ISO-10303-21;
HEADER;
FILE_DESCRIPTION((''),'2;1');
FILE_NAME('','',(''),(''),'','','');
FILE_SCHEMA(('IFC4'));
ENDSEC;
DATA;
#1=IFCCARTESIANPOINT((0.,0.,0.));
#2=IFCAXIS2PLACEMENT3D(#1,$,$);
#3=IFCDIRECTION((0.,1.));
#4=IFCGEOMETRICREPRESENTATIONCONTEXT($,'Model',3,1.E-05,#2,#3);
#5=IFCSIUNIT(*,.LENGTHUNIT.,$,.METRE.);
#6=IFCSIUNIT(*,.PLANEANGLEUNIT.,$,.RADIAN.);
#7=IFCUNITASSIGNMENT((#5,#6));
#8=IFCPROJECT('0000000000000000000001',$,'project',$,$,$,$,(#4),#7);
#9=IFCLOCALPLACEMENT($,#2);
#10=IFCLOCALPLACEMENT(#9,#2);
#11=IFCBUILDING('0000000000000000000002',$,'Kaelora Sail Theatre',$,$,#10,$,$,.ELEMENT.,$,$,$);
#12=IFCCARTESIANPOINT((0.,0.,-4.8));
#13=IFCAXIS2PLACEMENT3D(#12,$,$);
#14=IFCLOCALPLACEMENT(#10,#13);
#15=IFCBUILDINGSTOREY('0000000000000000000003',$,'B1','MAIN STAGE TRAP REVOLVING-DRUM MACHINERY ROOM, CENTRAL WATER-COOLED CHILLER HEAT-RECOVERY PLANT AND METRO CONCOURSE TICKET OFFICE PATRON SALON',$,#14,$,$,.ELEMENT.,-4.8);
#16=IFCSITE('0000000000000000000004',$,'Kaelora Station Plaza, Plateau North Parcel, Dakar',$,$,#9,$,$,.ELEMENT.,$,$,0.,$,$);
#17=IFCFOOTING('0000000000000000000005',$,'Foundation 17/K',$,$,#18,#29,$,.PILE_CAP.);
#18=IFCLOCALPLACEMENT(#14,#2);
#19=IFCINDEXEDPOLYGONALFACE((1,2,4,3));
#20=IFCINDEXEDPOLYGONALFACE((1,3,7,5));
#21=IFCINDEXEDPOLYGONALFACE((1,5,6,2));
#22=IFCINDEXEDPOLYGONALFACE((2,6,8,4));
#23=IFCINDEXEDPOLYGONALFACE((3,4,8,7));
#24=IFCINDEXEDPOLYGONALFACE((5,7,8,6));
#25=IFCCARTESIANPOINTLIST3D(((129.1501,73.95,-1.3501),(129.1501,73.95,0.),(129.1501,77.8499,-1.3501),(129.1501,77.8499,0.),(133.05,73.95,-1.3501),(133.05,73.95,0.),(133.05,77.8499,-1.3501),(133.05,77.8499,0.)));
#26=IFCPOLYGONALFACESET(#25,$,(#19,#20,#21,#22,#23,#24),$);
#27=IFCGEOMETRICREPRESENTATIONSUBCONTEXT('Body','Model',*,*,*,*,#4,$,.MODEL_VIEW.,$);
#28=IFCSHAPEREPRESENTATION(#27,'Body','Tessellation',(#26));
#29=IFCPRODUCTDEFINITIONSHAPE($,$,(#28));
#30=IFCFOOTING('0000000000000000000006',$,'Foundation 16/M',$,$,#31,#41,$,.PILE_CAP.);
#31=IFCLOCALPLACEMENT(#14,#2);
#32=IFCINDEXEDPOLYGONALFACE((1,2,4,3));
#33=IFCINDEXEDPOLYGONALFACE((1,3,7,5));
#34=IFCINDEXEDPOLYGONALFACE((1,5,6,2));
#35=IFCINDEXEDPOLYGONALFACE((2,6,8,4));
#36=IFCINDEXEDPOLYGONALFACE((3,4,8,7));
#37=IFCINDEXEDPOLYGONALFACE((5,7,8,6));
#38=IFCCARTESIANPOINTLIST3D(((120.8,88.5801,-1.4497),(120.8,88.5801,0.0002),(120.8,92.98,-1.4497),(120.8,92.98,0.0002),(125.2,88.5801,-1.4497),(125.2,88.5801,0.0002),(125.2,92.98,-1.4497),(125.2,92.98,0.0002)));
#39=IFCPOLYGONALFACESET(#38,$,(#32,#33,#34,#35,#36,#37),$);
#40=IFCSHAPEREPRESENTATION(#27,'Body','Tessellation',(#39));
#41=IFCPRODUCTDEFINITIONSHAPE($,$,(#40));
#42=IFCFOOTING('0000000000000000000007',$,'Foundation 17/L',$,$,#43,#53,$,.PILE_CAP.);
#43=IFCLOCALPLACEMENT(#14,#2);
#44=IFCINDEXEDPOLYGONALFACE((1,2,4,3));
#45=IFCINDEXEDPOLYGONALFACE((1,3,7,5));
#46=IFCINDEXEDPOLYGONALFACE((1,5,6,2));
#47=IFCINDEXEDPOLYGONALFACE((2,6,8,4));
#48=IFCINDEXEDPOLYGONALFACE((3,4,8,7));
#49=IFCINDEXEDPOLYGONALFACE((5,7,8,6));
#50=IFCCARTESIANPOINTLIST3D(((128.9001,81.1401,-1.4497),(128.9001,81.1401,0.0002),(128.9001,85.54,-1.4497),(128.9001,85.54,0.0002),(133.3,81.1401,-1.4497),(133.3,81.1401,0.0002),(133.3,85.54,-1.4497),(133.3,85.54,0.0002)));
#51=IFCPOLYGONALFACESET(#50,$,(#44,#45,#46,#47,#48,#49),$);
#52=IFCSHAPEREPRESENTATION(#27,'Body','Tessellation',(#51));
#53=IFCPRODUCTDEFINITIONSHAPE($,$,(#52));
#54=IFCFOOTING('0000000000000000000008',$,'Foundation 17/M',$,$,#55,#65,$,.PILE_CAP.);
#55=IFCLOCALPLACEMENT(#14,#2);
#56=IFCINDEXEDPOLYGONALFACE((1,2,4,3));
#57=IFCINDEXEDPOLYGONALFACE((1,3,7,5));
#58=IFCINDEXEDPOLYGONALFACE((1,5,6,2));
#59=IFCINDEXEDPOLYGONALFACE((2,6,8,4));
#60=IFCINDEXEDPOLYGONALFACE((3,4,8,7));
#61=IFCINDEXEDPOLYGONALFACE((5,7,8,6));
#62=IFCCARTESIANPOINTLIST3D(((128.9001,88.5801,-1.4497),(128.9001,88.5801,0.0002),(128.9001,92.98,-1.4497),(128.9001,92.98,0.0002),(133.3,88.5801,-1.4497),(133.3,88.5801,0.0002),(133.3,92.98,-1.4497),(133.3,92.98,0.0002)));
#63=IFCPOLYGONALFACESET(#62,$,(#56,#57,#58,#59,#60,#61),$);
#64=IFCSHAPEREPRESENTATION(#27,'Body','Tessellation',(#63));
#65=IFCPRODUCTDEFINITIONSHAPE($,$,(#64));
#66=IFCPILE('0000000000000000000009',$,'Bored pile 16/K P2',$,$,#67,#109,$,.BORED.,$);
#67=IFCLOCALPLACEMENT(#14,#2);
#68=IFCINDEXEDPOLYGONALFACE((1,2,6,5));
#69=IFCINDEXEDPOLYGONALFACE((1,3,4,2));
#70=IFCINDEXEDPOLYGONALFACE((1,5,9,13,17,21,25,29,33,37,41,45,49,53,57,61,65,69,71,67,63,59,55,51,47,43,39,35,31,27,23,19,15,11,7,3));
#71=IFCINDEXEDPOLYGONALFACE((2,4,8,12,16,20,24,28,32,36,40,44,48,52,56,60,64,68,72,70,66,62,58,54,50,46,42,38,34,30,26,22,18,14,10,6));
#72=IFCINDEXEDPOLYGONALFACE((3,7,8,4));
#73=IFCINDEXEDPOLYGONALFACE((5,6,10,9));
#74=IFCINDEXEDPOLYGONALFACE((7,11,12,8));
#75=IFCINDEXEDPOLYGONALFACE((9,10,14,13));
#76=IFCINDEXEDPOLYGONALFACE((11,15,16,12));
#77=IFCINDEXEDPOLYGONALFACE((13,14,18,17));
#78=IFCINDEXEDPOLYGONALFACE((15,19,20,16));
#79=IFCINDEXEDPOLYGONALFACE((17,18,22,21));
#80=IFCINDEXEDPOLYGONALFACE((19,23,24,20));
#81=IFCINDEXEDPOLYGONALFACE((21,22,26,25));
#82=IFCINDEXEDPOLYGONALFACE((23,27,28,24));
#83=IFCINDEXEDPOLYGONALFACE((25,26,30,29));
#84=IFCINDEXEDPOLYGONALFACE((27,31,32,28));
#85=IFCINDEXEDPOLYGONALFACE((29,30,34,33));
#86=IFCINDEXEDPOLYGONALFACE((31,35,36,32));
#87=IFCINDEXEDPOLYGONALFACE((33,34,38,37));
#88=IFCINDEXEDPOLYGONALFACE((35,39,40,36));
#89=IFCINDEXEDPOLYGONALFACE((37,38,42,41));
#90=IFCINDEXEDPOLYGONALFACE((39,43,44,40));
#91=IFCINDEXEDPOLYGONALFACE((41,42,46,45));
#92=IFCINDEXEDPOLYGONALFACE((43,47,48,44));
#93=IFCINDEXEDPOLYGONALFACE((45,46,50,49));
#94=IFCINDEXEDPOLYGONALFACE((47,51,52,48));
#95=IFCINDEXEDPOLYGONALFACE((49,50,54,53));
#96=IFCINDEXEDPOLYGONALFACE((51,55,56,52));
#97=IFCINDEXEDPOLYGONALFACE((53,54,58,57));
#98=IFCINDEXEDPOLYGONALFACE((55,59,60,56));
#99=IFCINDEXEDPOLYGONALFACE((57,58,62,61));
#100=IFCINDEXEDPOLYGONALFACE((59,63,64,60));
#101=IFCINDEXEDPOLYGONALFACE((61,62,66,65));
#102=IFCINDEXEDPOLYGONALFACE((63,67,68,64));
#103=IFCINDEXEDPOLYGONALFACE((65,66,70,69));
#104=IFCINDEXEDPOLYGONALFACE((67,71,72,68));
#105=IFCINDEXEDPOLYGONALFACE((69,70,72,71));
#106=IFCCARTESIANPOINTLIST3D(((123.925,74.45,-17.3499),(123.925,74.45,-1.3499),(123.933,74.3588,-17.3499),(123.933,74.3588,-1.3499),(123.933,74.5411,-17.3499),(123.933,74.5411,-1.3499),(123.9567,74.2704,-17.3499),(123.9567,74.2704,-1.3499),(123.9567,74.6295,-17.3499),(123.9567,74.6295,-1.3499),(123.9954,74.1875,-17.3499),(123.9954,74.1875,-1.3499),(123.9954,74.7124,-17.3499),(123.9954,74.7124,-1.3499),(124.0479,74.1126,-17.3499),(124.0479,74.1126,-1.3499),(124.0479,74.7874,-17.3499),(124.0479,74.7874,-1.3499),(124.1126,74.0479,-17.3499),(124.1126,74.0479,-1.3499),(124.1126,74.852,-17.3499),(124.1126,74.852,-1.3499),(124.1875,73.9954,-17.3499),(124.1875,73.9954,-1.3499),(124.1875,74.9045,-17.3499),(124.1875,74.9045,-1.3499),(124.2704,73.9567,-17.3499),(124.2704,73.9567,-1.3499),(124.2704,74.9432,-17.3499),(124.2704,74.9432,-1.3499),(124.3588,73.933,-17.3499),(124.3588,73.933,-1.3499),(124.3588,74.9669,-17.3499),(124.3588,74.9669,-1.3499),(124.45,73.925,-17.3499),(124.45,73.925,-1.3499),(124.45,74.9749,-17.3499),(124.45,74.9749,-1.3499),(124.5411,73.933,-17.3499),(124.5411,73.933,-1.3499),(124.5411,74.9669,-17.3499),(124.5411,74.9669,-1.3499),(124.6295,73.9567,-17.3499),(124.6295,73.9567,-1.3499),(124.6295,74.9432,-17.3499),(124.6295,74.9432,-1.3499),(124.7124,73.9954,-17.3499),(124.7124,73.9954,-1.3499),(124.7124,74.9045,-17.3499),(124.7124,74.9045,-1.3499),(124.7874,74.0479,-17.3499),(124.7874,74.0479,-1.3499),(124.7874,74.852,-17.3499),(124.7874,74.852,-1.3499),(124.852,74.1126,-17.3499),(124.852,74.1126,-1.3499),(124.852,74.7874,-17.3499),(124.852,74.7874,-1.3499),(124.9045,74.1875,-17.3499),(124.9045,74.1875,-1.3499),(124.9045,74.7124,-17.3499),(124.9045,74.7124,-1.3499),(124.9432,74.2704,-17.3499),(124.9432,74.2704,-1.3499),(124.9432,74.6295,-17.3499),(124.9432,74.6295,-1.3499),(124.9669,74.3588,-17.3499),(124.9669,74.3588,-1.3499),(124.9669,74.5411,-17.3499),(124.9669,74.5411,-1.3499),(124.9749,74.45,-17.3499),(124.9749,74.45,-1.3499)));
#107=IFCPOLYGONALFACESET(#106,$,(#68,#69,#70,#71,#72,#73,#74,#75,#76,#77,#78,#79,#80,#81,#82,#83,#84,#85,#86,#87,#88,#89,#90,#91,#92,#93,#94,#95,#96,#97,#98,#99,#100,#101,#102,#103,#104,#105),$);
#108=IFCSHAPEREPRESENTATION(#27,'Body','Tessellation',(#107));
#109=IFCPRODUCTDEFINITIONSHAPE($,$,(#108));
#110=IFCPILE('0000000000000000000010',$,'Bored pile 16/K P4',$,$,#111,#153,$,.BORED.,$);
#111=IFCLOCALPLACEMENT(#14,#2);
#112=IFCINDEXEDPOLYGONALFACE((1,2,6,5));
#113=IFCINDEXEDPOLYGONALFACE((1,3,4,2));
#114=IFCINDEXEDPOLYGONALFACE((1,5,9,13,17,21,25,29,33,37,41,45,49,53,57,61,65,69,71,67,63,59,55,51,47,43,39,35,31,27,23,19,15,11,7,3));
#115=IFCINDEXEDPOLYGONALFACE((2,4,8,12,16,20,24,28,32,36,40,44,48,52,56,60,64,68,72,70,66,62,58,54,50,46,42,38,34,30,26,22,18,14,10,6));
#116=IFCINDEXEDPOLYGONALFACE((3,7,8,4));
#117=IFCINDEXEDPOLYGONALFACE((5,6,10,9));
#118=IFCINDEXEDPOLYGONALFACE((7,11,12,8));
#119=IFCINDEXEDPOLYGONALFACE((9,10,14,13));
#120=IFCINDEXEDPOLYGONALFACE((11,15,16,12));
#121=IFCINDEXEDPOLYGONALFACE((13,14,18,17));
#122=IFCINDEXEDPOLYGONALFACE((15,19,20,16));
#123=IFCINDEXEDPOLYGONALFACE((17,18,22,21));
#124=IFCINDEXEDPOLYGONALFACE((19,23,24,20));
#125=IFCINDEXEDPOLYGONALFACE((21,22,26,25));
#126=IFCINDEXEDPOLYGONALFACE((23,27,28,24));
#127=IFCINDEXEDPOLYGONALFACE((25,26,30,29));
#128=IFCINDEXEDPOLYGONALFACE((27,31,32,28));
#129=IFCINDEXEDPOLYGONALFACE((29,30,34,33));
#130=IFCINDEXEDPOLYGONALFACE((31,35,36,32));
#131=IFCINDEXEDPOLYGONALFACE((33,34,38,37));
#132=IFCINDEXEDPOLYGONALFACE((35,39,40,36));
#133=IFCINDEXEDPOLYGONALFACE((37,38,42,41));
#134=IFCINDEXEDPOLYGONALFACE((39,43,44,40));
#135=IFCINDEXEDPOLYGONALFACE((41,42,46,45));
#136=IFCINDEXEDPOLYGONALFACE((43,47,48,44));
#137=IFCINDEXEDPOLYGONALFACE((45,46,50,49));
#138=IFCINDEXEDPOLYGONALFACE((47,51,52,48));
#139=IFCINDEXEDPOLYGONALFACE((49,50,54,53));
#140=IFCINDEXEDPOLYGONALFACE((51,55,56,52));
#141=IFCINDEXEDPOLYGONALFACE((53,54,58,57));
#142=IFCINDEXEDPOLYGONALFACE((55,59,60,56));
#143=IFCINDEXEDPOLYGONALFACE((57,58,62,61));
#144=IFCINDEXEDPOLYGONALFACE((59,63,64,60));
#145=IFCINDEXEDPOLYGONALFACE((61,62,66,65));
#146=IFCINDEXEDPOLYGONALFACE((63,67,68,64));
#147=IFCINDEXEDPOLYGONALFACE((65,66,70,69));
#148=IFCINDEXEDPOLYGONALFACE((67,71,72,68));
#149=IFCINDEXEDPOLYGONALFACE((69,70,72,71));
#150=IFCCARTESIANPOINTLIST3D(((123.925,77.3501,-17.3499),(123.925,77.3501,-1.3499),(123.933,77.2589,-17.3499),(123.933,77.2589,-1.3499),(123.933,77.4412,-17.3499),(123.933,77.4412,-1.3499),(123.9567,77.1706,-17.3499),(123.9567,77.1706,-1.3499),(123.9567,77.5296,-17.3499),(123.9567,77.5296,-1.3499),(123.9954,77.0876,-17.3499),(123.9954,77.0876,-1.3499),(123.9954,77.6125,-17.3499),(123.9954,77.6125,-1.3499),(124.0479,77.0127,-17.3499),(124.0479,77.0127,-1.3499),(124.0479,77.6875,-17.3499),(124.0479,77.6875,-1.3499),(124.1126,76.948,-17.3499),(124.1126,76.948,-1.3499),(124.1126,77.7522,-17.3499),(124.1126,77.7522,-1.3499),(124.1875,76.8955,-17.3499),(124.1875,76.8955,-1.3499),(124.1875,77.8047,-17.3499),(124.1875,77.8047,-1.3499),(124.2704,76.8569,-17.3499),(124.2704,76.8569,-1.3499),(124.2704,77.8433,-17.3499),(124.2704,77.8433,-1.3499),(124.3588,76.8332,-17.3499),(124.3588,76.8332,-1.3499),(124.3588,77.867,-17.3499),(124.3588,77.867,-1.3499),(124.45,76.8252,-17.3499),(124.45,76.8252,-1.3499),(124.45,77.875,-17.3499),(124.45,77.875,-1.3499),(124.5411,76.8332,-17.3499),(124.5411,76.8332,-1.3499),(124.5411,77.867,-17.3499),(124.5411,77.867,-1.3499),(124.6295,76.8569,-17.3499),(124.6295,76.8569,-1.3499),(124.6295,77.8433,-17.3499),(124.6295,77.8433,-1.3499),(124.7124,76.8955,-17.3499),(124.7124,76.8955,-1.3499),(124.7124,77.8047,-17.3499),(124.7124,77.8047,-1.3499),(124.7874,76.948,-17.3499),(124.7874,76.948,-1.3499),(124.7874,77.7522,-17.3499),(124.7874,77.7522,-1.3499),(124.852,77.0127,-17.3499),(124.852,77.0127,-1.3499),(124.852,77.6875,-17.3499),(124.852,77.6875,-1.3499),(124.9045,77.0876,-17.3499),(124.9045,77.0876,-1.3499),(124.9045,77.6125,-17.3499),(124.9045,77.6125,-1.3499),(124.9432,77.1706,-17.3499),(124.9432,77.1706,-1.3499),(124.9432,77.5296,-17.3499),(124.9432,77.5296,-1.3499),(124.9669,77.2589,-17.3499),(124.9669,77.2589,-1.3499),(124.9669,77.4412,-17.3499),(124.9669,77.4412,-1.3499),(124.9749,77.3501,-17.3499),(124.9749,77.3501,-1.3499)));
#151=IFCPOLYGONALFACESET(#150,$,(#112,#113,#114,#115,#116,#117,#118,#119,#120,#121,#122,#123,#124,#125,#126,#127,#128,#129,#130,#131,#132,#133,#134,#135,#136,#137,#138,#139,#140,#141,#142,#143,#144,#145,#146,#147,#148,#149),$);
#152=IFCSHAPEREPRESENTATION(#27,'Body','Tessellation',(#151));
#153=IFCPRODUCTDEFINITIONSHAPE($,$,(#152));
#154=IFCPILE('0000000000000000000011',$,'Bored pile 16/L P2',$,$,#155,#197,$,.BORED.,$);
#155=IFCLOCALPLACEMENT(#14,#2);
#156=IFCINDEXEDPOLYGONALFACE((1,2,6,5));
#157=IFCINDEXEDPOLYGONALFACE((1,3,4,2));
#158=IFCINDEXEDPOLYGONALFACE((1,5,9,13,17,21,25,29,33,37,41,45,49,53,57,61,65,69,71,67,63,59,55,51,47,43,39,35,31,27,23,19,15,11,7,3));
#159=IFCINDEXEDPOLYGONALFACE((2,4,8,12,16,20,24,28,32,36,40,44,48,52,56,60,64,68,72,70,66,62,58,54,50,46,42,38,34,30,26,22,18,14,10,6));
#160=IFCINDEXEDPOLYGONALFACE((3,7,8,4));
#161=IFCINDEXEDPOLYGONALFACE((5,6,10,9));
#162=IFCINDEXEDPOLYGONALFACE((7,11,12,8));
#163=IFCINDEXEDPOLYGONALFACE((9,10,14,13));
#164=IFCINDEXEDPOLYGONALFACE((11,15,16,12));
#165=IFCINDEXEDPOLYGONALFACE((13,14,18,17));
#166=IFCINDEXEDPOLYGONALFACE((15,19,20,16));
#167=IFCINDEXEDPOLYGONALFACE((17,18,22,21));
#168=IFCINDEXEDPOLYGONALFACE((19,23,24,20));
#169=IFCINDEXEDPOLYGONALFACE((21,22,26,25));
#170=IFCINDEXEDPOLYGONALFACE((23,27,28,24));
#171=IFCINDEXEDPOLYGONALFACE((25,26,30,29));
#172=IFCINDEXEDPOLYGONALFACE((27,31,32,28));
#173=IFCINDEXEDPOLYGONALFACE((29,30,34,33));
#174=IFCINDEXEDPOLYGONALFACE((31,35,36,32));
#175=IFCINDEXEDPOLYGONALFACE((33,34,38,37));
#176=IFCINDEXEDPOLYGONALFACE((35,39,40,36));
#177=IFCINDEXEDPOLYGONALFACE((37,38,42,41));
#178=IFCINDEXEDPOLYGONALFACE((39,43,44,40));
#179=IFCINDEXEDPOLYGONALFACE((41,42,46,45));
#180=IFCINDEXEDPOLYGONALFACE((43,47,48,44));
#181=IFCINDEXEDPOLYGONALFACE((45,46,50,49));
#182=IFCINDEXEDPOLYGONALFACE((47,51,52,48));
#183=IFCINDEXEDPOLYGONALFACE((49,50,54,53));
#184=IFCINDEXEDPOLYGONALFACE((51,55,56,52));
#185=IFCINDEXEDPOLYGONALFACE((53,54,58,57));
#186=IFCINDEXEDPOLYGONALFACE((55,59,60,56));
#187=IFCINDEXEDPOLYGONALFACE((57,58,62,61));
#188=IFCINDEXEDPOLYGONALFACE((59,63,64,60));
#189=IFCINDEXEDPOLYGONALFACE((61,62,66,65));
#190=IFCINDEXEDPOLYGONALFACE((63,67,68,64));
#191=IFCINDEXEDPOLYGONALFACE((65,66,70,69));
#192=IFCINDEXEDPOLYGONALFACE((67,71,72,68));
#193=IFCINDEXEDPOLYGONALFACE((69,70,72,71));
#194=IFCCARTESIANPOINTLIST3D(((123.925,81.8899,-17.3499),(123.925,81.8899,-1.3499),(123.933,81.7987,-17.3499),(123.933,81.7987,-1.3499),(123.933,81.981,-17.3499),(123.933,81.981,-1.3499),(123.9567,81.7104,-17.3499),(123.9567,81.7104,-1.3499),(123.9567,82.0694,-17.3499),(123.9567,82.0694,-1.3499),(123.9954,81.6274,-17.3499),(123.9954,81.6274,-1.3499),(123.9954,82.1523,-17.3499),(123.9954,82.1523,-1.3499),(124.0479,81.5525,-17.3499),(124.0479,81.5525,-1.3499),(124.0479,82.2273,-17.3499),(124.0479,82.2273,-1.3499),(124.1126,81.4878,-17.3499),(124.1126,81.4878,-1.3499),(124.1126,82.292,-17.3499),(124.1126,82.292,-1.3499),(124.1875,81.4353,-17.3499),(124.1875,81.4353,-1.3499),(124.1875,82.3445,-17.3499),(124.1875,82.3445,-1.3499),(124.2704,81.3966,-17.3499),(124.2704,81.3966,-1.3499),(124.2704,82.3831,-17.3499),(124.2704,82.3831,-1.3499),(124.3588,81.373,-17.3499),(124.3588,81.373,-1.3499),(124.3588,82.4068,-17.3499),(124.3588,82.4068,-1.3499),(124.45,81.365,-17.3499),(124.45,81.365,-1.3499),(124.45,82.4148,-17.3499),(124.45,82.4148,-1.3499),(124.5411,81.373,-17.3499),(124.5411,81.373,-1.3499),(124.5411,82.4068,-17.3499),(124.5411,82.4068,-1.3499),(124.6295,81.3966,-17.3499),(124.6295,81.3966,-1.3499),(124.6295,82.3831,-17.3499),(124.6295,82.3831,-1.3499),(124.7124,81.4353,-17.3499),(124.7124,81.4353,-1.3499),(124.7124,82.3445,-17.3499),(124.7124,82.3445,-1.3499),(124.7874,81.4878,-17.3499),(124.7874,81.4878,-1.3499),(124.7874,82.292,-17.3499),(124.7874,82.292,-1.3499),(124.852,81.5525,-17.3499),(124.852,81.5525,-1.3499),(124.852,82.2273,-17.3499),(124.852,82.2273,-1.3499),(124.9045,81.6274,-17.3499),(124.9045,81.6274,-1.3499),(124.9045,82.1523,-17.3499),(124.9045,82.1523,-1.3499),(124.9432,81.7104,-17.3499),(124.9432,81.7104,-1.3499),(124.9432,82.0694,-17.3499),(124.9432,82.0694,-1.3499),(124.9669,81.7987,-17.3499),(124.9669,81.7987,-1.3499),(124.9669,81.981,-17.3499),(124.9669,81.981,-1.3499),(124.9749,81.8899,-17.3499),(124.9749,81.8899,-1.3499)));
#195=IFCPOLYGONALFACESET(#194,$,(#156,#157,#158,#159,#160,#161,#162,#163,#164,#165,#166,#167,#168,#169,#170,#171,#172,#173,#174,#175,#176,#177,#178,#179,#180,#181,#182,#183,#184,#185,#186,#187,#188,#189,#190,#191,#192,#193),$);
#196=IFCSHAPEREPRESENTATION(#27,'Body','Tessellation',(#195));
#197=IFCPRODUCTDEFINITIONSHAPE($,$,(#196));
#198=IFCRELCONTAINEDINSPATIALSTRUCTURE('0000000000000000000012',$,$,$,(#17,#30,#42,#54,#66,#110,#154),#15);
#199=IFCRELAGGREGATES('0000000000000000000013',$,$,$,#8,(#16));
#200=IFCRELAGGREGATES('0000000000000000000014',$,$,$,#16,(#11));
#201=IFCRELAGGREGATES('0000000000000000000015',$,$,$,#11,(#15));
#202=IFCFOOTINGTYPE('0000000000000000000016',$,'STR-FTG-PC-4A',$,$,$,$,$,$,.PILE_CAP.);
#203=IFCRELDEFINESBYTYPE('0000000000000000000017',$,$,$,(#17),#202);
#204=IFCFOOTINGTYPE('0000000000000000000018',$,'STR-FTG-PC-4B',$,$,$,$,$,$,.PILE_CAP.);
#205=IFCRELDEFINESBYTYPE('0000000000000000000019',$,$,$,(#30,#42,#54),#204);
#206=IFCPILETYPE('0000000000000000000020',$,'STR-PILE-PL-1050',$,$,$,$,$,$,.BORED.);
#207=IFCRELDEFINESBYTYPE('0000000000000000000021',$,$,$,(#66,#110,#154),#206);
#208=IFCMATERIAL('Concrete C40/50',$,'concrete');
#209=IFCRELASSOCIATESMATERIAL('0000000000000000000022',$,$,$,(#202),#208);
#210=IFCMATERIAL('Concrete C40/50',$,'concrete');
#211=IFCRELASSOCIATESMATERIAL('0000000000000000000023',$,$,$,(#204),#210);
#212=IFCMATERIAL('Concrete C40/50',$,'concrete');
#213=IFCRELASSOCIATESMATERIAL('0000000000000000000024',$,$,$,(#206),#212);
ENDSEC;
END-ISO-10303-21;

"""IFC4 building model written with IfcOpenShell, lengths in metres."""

from ifc_helpers import new_model, si_unit, direction, frame, origin, origin_2d, place, context, subcontext, project, spatial, rectangle, circle, extrude, material, material_profile, profile_set, type_object, element, save


model = new_model("IFC4")

# Units and contexts
model_context = context("Model", 3, precision=1e-05, world=origin(), true_north=direction((0.0, 1.0)))
body_context = subcontext(model_context, "Body", "Model", "MODEL_VIEW")
ifc_project = project(units=[si_unit("LENGTHUNIT", "METRE"), si_unit("PLANEANGLEUNIT", "RADIAN")], contexts=[model_context])

# Site, building, storey
site_placement = place(None, origin())
site = spatial("IfcSite", under=ifc_project, at=site_placement, Name="Kaelora Station Plaza, Plateau North Parcel, Dakar", CompositionType="ELEMENT", RefElevation=0.0)
building_placement = place(site_placement, origin())
building = spatial("IfcBuilding", under=site, at=building_placement, Name="Kaelora Sail Theatre", CompositionType="ELEMENT")
storey_placement = place(building_placement, frame((0.0, 0.0, -4.8)))
storey = spatial("IfcBuildingStorey", under=building, at=storey_placement, Name="B1", Description="MAIN STAGE TRAP REVOLVING-DRUM MACHINERY ROOM, CENTRAL WATER-COOLED CHILLER HEAT-RECOVERY PLANT AND METRO CONCOURSE TICKET OFFICE PATRON SALON", CompositionType="ELEMENT", Elevation=-4.8)

# Footings
ifc_material_1 = material(Name="Concrete C40/50", Category="concrete")
footing_type_1 = type_object("IfcFootingType", Name="STR-FTG-PC-4A", PredefinedType="PILE_CAP", material=ifc_material_1)
footing_placement = place(storey_placement, frame((131.1001, 75.8999, -1.3501), z_axis=(0.0, 0.0, 1.0), x_axis=(1.0, 0.0, 0.0)))
element("IfcFooting", 1, at=footing_placement, inside=storey, type_object=footing_type_1, Name="Foundation 17/K", PredefinedType="PILE_CAP", context=body_context, shape_type="SweptSolid", body=[
    extrude(rectangle(XDim=3.8999, YDim=3.8999, at=origin_2d()), origin(), (0.0, 0.0, 1.0), 1.3501),
])
ifc_material_2 = material(Name="Concrete C40/50", Category="concrete")
footing_type_2 = type_object("IfcFootingType", Name="STR-FTG-PC-4B", PredefinedType="PILE_CAP", material=ifc_material_2)
for number, where, z_axis, x_axis, name in (
    (2, (123.0, 90.78, -1.4497), (0.0, 0.0, 1.0), (1.0, 0.0, 0.0), "Foundation 16/M"),
    (3, (131.1001, 83.3401, -1.4497), (0.0, 0.0, 1.0), (1.0, 0.0, 0.0), "Foundation 17/L"),
    (4, (131.1001, 90.78, -1.4497), (0.0, 0.0, 1.0), (1.0, 0.0, 0.0), "Foundation 17/M"),
):
    element("IfcFooting", number, at=place(storey_placement, frame(where, z_axis=z_axis, x_axis=x_axis)), inside=storey, type_object=footing_type_2, Name=name, PredefinedType="PILE_CAP", context=body_context, shape_type="SweptSolid", body=[
        extrude(rectangle(XDim=4.3999, YDim=4.3999, at=origin_2d()), origin(), (0.0, 0.0, 1.0), 1.45),
    ])

# Piles
ifc_material_3 = material(Name="Concrete C40/50", Category="concrete")
ifc_material_profile_1 = material_profile(ifc_material_3, circle(Radius=0.5249, at=origin_2d()), Name="PILE D1050")
ifc_profile_set_1 = profile_set([ifc_material_profile_1], Name="Concrete C40/50")
pile_type_1 = type_object("IfcPileType", Name="STR-PILE-PL-1050", PredefinedType="BORED", material=ifc_profile_set_1)
for number, where, z_axis, x_axis, name in (
    (5, (124.45, 74.45, -1.3499), (0.0, 0.0, -1.0), (1.0, 0.0, 0.0), "Bored pile 16/K P2"),
    (6, (124.45, 77.3501, -1.3499), (0.0, 0.0, -1.0), (1.0, 0.0, 0.0), "Bored pile 16/K P4"),
    (7, (124.45, 81.8899, -1.3499), (0.0, 0.0, -1.0), (1.0, 0.0, 0.0), "Bored pile 16/L P2"),
):
    element("IfcPile", number, at=place(storey_placement, frame(where, z_axis=z_axis, x_axis=x_axis)), inside=storey, type_object=pile_type_1, Name=name, PredefinedType="BORED", context=body_context, shape_type="SweptSolid", body=[
        extrude(circle(Radius=0.5249, at=origin_2d()), origin(), (0.0, 0.0, 1.0), 16.0),
    ])

save(model, "model.ifc")
